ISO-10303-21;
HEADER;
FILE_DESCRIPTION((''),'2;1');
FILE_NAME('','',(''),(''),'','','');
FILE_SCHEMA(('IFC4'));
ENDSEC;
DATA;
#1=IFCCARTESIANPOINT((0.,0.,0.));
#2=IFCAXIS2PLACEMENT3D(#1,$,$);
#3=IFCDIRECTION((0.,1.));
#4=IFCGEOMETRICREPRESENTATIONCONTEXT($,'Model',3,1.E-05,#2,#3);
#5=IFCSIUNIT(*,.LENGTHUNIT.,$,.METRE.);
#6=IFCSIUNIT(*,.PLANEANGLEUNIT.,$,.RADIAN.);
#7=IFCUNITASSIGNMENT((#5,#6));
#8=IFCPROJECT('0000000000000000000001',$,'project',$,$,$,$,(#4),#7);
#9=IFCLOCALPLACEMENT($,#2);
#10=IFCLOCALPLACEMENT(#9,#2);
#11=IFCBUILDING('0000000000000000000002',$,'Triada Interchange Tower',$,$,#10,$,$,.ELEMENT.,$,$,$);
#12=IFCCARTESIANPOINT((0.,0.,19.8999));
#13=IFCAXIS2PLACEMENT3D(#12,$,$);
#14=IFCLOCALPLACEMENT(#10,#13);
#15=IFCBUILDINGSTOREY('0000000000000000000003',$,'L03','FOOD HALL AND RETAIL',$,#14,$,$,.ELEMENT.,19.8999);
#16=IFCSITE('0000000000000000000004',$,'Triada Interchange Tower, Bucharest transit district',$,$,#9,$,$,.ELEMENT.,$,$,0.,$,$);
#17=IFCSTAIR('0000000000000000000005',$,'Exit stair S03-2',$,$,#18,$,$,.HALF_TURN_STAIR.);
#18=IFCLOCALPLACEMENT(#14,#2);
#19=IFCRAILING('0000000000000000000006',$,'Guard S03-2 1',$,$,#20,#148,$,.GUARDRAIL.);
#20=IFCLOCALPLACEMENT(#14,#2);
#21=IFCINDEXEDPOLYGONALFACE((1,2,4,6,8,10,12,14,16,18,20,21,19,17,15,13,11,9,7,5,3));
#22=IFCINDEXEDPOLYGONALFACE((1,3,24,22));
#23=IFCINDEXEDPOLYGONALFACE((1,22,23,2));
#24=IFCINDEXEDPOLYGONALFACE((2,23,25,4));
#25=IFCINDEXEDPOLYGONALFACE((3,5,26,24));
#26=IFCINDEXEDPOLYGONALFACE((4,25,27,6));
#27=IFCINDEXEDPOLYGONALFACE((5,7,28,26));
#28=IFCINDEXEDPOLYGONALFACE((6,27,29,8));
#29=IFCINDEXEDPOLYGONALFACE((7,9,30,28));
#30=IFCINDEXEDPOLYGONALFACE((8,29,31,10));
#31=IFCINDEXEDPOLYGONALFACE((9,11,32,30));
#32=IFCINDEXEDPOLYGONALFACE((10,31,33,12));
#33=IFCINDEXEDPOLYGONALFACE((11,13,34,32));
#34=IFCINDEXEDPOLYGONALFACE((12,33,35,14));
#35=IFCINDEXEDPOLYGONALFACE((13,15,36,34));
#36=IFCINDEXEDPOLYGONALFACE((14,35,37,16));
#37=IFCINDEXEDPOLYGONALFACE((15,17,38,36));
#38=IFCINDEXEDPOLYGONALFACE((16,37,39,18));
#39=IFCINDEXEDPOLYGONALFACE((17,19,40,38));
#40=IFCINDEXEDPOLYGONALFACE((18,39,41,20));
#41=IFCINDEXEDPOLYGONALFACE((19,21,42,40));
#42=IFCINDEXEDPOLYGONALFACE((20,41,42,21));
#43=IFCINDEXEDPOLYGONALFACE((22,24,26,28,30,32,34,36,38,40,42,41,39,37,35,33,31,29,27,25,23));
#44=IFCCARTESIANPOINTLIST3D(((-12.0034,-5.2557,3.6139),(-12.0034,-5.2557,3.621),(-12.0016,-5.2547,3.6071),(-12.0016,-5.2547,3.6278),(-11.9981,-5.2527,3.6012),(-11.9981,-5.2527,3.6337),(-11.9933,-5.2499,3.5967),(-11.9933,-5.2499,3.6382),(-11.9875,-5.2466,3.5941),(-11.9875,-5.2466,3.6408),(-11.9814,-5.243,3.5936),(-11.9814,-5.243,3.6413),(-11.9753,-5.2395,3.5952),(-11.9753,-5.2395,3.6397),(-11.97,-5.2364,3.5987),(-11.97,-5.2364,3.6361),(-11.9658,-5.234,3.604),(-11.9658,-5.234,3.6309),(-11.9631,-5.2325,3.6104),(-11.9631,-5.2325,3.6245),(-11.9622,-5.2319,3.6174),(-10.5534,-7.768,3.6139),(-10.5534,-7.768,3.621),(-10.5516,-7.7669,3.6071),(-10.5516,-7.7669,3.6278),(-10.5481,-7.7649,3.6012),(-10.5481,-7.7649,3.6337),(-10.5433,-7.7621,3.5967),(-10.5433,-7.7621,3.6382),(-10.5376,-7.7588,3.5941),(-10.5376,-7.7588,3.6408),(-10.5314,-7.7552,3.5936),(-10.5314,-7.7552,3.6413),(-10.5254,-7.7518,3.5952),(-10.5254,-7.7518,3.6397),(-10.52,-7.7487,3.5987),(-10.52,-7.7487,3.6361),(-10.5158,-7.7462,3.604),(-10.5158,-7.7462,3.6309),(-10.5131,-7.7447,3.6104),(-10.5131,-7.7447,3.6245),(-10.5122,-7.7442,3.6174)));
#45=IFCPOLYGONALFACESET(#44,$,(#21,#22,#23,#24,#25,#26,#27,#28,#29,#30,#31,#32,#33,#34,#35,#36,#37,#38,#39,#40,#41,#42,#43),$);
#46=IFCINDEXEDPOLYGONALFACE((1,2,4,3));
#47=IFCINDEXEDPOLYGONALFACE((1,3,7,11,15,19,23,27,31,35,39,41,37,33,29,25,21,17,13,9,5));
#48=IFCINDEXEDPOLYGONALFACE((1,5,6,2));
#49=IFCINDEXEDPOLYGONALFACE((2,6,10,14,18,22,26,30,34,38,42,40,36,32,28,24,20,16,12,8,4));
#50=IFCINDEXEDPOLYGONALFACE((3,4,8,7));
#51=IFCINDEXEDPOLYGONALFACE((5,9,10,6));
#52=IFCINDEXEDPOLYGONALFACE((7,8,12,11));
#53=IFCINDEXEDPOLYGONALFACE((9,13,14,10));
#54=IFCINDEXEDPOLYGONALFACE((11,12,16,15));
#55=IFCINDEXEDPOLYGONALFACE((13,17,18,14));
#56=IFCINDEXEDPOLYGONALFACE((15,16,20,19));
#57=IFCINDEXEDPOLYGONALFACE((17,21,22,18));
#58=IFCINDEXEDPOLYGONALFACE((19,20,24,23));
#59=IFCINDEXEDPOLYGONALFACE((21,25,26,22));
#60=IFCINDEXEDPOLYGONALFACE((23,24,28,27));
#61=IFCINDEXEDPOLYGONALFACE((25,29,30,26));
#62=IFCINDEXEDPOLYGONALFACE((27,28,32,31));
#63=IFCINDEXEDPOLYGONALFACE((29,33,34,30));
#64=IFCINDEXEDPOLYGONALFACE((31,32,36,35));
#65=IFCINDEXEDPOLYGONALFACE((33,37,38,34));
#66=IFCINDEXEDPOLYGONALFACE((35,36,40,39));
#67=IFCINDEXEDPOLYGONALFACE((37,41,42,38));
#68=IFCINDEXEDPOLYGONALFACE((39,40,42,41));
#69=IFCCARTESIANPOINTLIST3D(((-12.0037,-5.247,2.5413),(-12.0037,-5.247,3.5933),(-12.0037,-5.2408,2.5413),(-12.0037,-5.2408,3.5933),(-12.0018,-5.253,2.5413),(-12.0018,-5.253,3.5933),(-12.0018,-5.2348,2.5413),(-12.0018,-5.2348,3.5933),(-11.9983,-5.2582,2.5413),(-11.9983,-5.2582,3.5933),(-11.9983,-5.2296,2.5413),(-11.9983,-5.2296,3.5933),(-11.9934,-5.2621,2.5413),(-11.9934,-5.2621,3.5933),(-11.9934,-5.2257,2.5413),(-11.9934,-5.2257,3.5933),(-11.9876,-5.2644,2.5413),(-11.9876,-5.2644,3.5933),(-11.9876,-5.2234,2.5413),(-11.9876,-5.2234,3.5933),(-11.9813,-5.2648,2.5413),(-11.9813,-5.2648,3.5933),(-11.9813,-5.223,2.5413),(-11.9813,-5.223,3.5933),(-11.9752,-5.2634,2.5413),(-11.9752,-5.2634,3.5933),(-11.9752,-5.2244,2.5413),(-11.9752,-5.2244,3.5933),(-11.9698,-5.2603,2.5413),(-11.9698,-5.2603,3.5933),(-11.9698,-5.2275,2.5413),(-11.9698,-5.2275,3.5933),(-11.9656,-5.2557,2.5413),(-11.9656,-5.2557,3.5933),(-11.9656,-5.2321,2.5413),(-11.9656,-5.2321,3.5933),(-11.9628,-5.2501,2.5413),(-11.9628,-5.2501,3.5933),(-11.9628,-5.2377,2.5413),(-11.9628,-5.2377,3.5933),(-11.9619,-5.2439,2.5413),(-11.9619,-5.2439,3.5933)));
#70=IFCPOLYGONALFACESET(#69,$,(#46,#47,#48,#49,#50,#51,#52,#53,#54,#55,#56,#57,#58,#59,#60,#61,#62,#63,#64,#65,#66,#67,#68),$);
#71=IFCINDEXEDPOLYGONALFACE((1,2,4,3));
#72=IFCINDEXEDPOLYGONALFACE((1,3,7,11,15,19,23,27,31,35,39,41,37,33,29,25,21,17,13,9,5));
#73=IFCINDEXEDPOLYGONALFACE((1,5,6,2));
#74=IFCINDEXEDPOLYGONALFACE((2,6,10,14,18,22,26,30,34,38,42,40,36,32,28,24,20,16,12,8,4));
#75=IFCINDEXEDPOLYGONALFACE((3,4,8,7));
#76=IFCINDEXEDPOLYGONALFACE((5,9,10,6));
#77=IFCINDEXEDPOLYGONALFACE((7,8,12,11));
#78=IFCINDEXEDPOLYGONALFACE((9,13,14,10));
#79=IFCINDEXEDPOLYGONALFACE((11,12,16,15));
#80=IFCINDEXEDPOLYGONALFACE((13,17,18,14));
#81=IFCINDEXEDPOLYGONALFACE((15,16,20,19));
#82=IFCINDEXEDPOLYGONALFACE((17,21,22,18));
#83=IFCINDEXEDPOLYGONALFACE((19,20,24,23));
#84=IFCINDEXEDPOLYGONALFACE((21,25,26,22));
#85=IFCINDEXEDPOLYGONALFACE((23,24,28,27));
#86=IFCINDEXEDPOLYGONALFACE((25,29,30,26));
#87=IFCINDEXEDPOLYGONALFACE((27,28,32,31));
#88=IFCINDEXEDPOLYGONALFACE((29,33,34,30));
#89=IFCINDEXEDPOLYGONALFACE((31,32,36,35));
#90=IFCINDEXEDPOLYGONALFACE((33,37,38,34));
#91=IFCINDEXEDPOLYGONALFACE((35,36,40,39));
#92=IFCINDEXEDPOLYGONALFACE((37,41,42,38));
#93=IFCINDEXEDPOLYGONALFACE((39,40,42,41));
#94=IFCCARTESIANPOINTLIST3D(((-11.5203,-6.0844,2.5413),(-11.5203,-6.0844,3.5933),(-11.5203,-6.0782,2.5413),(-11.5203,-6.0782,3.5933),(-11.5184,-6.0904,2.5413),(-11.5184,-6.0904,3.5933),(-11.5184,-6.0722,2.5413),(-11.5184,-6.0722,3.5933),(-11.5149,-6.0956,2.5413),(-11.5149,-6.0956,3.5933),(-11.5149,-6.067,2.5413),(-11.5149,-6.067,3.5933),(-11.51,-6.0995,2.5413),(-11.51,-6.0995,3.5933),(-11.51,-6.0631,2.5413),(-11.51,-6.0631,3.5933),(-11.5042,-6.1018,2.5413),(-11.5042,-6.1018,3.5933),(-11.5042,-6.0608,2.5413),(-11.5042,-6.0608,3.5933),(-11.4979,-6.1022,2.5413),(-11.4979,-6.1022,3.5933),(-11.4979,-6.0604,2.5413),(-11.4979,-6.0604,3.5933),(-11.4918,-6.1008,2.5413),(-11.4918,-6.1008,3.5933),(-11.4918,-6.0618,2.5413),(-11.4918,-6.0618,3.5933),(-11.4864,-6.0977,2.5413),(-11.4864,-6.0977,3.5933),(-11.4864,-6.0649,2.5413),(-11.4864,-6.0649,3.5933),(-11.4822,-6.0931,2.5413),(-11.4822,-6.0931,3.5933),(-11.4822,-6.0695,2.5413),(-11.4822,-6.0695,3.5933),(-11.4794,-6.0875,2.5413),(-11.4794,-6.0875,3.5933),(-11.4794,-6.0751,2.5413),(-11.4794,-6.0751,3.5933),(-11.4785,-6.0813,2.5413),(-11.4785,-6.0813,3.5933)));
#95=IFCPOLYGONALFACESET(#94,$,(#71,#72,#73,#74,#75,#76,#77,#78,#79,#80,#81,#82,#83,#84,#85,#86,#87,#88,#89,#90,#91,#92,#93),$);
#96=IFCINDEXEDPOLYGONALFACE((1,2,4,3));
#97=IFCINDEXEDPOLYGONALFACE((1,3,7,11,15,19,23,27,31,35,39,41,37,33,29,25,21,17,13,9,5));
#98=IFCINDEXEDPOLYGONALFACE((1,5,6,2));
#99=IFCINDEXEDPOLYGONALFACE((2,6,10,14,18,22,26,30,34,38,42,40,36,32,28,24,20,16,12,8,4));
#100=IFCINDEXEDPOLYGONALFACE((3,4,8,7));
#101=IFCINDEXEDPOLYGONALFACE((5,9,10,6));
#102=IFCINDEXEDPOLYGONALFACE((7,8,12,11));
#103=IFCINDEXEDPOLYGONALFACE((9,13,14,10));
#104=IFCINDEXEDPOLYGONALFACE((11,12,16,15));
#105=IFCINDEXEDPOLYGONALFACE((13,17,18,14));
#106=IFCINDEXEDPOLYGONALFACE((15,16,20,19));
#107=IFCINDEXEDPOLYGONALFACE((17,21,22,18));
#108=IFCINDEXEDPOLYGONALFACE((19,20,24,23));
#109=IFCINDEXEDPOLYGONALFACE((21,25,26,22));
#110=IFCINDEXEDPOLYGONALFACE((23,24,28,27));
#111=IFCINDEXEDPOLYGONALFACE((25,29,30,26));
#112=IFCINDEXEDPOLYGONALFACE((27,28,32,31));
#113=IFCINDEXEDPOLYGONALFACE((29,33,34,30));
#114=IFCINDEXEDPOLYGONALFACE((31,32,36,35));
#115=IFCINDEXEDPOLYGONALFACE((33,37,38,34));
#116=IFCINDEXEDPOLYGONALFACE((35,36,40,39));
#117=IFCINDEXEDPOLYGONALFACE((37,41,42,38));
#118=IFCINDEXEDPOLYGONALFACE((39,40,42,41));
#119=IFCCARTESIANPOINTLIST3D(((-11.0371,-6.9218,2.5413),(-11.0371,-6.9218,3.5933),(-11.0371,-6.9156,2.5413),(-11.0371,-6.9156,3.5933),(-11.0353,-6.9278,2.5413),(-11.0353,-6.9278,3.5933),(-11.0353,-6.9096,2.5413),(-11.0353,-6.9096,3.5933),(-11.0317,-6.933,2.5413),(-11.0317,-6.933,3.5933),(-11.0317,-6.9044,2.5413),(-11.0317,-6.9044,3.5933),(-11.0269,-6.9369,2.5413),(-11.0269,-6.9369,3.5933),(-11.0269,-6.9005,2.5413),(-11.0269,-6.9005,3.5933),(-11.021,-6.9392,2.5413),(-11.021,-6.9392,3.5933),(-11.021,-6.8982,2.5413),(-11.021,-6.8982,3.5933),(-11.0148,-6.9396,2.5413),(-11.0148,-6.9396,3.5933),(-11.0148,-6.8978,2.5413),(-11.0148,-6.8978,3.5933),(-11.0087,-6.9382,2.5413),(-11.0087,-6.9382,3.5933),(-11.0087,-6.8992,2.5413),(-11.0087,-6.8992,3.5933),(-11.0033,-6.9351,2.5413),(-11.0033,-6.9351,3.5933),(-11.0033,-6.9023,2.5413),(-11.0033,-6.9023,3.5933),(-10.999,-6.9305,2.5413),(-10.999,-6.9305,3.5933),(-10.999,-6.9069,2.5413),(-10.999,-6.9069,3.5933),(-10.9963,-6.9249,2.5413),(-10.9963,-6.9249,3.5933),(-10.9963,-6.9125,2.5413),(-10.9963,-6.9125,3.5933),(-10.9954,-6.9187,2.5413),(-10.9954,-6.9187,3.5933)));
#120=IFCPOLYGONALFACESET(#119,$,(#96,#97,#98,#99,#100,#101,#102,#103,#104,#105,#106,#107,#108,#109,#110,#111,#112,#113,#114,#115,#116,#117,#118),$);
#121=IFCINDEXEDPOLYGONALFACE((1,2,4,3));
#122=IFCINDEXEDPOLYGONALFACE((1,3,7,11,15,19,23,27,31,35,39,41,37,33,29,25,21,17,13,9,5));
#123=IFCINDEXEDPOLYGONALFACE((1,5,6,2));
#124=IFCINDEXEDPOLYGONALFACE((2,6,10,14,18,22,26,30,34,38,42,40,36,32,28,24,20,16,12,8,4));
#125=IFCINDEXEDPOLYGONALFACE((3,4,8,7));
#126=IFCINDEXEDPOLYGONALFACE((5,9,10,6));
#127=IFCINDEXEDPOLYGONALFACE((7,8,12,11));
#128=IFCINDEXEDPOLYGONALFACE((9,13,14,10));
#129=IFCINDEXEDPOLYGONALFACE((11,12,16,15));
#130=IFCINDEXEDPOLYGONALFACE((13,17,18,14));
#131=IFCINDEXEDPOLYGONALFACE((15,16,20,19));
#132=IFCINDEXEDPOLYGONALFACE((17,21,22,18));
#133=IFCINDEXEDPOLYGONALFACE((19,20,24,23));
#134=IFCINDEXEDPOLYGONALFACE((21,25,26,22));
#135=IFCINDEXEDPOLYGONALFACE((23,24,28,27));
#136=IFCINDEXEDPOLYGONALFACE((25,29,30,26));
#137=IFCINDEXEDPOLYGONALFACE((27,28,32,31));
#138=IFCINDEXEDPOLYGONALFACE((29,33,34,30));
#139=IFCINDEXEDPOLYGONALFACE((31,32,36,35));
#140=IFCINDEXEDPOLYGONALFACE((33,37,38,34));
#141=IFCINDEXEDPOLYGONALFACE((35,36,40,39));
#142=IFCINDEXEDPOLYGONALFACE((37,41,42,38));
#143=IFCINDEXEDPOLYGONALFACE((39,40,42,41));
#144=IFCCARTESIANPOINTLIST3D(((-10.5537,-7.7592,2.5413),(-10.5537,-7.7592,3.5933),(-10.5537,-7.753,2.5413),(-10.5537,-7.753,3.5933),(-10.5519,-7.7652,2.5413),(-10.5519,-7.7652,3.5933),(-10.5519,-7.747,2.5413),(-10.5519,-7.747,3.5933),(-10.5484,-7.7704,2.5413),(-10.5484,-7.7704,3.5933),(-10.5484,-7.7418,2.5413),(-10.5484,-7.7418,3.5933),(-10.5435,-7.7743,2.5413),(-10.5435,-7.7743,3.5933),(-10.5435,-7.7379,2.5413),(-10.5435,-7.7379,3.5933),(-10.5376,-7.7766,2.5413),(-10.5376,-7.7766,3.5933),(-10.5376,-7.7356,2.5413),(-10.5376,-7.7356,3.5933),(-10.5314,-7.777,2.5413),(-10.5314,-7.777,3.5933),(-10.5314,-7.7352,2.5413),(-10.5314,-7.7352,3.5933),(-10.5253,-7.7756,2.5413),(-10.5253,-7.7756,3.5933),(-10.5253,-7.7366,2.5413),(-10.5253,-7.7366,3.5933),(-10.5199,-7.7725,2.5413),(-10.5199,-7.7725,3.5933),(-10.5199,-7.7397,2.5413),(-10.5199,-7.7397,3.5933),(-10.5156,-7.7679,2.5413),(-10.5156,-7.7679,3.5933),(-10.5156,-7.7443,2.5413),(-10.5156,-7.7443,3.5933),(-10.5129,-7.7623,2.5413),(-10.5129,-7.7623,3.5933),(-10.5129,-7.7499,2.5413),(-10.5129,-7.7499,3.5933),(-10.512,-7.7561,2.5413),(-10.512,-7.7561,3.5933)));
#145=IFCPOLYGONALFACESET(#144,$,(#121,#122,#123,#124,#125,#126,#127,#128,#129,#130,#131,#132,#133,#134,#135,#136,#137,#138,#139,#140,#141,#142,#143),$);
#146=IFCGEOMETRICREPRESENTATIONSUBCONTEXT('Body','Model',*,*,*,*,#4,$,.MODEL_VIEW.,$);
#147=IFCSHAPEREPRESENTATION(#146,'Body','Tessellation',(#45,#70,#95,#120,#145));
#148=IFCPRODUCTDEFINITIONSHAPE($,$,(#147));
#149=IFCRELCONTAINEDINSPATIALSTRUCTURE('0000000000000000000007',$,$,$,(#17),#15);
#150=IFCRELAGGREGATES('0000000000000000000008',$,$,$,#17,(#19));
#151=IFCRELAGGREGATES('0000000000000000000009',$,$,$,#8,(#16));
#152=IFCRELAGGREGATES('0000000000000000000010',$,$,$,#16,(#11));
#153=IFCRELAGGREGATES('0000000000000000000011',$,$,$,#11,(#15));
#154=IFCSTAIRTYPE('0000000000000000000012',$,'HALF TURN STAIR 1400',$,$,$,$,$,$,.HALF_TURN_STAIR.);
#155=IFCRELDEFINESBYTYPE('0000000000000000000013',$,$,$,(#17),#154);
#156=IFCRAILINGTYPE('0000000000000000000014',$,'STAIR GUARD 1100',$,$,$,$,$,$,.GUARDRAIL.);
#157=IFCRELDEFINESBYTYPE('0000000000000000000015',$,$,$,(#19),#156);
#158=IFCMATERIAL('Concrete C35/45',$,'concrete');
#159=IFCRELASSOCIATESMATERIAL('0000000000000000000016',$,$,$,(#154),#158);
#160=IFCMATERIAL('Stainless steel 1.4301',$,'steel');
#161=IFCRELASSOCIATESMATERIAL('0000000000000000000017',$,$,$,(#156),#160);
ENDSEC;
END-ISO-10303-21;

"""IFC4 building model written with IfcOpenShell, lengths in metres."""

from ifc_helpers import new_model, si_unit, direction, frame, origin, origin_2d, place, context, subcontext, project, spatial, circle, extrude, material, type_object, element, aggregate, save


model = new_model("IFC4")

# Units and contexts
model_context = context("Model", 3, precision=1e-05, world=origin(), true_north=direction((0.0, 1.0)))
body_context = subcontext(model_context, "Body", "Model", "MODEL_VIEW")
ifc_project = project(units=[si_unit("LENGTHUNIT", "METRE"), si_unit("PLANEANGLEUNIT", "RADIAN")], contexts=[model_context])

# Site, building, storey
site_placement = place(None, origin())
site = spatial("IfcSite", under=ifc_project, at=site_placement, Name="Triada Interchange Tower, Bucharest transit district", CompositionType="ELEMENT", RefElevation=0.0)
building_placement = place(site_placement, origin())
building = spatial("IfcBuilding", under=site, at=building_placement, Name="Triada Interchange Tower", CompositionType="ELEMENT")
storey_placement = place(building_placement, frame((0.0, 0.0, 19.8999)))
storey = spatial("IfcBuildingStorey", under=building, at=storey_placement, Name="L03", Description="FOOD HALL AND RETAIL", CompositionType="ELEMENT", Elevation=19.8999)

# Shared definitions
ifc_material_1 = material(Name="Concrete C35/45", Category="concrete")

# Shared definitions
stair_type = type_object("IfcStairType", Name="HALF TURN STAIR 1400", PredefinedType="HALF_TURN_STAIR", material=ifc_material_1)

# Stair, railing
stair_1_placement = place(storey_placement, origin())
stair_1 = element("IfcStair", 1, at=stair_1_placement, inside=storey, type_object=stair_type, Name="Exit stair S03-2", PredefinedType="HALF_TURN_STAIR")
ifc_material_2 = material(Name="Stainless steel 1.4301", Category="steel")
railing_type_1 = type_object("IfcRailingType", Name="STAIR GUARD 1100", PredefinedType="GUARDRAIL", material=ifc_material_2)
railing_1_placement = place(storey_placement, frame((-11.9829, -5.2439, 2.5413)))
railing_1 = element("IfcRailing", 2, at=railing_1_placement, type_object=railing_type_1, Name="Guard S03-2 1", PredefinedType="GUARDRAIL", context=body_context, shape_type="SweptSolid", body=[
    extrude(circle(Radius=0.0239, at=origin_2d()), frame((0.0, 0.0, 1.0762), z_axis=(0.499878, -0.866096, 0.0), x_axis=(0.866096, 0.499878, 0.0)), (0.0, 0.0, 1.0), 2.9006),
    extrude(circle(Radius=0.021, at=origin_2d()), origin(), (0.0, 0.0, 1.0), 1.052),
    extrude(circle(Radius=0.021, at=origin_2d()), frame((0.4834, -0.8374, 0.0)), (0.0, 0.0, 1.0), 1.052),
    extrude(circle(Radius=0.021, at=origin_2d()), frame((0.9666, -1.6748, 0.0)), (0.0, 0.0, 1.0), 1.052),
    extrude(circle(Radius=0.021, at=origin_2d()), frame((1.45, -2.5122, 0.0)), (0.0, 0.0, 1.0), 1.052),
])
aggregate(stair_1, [railing_1])

save(model, "model.ifc")
